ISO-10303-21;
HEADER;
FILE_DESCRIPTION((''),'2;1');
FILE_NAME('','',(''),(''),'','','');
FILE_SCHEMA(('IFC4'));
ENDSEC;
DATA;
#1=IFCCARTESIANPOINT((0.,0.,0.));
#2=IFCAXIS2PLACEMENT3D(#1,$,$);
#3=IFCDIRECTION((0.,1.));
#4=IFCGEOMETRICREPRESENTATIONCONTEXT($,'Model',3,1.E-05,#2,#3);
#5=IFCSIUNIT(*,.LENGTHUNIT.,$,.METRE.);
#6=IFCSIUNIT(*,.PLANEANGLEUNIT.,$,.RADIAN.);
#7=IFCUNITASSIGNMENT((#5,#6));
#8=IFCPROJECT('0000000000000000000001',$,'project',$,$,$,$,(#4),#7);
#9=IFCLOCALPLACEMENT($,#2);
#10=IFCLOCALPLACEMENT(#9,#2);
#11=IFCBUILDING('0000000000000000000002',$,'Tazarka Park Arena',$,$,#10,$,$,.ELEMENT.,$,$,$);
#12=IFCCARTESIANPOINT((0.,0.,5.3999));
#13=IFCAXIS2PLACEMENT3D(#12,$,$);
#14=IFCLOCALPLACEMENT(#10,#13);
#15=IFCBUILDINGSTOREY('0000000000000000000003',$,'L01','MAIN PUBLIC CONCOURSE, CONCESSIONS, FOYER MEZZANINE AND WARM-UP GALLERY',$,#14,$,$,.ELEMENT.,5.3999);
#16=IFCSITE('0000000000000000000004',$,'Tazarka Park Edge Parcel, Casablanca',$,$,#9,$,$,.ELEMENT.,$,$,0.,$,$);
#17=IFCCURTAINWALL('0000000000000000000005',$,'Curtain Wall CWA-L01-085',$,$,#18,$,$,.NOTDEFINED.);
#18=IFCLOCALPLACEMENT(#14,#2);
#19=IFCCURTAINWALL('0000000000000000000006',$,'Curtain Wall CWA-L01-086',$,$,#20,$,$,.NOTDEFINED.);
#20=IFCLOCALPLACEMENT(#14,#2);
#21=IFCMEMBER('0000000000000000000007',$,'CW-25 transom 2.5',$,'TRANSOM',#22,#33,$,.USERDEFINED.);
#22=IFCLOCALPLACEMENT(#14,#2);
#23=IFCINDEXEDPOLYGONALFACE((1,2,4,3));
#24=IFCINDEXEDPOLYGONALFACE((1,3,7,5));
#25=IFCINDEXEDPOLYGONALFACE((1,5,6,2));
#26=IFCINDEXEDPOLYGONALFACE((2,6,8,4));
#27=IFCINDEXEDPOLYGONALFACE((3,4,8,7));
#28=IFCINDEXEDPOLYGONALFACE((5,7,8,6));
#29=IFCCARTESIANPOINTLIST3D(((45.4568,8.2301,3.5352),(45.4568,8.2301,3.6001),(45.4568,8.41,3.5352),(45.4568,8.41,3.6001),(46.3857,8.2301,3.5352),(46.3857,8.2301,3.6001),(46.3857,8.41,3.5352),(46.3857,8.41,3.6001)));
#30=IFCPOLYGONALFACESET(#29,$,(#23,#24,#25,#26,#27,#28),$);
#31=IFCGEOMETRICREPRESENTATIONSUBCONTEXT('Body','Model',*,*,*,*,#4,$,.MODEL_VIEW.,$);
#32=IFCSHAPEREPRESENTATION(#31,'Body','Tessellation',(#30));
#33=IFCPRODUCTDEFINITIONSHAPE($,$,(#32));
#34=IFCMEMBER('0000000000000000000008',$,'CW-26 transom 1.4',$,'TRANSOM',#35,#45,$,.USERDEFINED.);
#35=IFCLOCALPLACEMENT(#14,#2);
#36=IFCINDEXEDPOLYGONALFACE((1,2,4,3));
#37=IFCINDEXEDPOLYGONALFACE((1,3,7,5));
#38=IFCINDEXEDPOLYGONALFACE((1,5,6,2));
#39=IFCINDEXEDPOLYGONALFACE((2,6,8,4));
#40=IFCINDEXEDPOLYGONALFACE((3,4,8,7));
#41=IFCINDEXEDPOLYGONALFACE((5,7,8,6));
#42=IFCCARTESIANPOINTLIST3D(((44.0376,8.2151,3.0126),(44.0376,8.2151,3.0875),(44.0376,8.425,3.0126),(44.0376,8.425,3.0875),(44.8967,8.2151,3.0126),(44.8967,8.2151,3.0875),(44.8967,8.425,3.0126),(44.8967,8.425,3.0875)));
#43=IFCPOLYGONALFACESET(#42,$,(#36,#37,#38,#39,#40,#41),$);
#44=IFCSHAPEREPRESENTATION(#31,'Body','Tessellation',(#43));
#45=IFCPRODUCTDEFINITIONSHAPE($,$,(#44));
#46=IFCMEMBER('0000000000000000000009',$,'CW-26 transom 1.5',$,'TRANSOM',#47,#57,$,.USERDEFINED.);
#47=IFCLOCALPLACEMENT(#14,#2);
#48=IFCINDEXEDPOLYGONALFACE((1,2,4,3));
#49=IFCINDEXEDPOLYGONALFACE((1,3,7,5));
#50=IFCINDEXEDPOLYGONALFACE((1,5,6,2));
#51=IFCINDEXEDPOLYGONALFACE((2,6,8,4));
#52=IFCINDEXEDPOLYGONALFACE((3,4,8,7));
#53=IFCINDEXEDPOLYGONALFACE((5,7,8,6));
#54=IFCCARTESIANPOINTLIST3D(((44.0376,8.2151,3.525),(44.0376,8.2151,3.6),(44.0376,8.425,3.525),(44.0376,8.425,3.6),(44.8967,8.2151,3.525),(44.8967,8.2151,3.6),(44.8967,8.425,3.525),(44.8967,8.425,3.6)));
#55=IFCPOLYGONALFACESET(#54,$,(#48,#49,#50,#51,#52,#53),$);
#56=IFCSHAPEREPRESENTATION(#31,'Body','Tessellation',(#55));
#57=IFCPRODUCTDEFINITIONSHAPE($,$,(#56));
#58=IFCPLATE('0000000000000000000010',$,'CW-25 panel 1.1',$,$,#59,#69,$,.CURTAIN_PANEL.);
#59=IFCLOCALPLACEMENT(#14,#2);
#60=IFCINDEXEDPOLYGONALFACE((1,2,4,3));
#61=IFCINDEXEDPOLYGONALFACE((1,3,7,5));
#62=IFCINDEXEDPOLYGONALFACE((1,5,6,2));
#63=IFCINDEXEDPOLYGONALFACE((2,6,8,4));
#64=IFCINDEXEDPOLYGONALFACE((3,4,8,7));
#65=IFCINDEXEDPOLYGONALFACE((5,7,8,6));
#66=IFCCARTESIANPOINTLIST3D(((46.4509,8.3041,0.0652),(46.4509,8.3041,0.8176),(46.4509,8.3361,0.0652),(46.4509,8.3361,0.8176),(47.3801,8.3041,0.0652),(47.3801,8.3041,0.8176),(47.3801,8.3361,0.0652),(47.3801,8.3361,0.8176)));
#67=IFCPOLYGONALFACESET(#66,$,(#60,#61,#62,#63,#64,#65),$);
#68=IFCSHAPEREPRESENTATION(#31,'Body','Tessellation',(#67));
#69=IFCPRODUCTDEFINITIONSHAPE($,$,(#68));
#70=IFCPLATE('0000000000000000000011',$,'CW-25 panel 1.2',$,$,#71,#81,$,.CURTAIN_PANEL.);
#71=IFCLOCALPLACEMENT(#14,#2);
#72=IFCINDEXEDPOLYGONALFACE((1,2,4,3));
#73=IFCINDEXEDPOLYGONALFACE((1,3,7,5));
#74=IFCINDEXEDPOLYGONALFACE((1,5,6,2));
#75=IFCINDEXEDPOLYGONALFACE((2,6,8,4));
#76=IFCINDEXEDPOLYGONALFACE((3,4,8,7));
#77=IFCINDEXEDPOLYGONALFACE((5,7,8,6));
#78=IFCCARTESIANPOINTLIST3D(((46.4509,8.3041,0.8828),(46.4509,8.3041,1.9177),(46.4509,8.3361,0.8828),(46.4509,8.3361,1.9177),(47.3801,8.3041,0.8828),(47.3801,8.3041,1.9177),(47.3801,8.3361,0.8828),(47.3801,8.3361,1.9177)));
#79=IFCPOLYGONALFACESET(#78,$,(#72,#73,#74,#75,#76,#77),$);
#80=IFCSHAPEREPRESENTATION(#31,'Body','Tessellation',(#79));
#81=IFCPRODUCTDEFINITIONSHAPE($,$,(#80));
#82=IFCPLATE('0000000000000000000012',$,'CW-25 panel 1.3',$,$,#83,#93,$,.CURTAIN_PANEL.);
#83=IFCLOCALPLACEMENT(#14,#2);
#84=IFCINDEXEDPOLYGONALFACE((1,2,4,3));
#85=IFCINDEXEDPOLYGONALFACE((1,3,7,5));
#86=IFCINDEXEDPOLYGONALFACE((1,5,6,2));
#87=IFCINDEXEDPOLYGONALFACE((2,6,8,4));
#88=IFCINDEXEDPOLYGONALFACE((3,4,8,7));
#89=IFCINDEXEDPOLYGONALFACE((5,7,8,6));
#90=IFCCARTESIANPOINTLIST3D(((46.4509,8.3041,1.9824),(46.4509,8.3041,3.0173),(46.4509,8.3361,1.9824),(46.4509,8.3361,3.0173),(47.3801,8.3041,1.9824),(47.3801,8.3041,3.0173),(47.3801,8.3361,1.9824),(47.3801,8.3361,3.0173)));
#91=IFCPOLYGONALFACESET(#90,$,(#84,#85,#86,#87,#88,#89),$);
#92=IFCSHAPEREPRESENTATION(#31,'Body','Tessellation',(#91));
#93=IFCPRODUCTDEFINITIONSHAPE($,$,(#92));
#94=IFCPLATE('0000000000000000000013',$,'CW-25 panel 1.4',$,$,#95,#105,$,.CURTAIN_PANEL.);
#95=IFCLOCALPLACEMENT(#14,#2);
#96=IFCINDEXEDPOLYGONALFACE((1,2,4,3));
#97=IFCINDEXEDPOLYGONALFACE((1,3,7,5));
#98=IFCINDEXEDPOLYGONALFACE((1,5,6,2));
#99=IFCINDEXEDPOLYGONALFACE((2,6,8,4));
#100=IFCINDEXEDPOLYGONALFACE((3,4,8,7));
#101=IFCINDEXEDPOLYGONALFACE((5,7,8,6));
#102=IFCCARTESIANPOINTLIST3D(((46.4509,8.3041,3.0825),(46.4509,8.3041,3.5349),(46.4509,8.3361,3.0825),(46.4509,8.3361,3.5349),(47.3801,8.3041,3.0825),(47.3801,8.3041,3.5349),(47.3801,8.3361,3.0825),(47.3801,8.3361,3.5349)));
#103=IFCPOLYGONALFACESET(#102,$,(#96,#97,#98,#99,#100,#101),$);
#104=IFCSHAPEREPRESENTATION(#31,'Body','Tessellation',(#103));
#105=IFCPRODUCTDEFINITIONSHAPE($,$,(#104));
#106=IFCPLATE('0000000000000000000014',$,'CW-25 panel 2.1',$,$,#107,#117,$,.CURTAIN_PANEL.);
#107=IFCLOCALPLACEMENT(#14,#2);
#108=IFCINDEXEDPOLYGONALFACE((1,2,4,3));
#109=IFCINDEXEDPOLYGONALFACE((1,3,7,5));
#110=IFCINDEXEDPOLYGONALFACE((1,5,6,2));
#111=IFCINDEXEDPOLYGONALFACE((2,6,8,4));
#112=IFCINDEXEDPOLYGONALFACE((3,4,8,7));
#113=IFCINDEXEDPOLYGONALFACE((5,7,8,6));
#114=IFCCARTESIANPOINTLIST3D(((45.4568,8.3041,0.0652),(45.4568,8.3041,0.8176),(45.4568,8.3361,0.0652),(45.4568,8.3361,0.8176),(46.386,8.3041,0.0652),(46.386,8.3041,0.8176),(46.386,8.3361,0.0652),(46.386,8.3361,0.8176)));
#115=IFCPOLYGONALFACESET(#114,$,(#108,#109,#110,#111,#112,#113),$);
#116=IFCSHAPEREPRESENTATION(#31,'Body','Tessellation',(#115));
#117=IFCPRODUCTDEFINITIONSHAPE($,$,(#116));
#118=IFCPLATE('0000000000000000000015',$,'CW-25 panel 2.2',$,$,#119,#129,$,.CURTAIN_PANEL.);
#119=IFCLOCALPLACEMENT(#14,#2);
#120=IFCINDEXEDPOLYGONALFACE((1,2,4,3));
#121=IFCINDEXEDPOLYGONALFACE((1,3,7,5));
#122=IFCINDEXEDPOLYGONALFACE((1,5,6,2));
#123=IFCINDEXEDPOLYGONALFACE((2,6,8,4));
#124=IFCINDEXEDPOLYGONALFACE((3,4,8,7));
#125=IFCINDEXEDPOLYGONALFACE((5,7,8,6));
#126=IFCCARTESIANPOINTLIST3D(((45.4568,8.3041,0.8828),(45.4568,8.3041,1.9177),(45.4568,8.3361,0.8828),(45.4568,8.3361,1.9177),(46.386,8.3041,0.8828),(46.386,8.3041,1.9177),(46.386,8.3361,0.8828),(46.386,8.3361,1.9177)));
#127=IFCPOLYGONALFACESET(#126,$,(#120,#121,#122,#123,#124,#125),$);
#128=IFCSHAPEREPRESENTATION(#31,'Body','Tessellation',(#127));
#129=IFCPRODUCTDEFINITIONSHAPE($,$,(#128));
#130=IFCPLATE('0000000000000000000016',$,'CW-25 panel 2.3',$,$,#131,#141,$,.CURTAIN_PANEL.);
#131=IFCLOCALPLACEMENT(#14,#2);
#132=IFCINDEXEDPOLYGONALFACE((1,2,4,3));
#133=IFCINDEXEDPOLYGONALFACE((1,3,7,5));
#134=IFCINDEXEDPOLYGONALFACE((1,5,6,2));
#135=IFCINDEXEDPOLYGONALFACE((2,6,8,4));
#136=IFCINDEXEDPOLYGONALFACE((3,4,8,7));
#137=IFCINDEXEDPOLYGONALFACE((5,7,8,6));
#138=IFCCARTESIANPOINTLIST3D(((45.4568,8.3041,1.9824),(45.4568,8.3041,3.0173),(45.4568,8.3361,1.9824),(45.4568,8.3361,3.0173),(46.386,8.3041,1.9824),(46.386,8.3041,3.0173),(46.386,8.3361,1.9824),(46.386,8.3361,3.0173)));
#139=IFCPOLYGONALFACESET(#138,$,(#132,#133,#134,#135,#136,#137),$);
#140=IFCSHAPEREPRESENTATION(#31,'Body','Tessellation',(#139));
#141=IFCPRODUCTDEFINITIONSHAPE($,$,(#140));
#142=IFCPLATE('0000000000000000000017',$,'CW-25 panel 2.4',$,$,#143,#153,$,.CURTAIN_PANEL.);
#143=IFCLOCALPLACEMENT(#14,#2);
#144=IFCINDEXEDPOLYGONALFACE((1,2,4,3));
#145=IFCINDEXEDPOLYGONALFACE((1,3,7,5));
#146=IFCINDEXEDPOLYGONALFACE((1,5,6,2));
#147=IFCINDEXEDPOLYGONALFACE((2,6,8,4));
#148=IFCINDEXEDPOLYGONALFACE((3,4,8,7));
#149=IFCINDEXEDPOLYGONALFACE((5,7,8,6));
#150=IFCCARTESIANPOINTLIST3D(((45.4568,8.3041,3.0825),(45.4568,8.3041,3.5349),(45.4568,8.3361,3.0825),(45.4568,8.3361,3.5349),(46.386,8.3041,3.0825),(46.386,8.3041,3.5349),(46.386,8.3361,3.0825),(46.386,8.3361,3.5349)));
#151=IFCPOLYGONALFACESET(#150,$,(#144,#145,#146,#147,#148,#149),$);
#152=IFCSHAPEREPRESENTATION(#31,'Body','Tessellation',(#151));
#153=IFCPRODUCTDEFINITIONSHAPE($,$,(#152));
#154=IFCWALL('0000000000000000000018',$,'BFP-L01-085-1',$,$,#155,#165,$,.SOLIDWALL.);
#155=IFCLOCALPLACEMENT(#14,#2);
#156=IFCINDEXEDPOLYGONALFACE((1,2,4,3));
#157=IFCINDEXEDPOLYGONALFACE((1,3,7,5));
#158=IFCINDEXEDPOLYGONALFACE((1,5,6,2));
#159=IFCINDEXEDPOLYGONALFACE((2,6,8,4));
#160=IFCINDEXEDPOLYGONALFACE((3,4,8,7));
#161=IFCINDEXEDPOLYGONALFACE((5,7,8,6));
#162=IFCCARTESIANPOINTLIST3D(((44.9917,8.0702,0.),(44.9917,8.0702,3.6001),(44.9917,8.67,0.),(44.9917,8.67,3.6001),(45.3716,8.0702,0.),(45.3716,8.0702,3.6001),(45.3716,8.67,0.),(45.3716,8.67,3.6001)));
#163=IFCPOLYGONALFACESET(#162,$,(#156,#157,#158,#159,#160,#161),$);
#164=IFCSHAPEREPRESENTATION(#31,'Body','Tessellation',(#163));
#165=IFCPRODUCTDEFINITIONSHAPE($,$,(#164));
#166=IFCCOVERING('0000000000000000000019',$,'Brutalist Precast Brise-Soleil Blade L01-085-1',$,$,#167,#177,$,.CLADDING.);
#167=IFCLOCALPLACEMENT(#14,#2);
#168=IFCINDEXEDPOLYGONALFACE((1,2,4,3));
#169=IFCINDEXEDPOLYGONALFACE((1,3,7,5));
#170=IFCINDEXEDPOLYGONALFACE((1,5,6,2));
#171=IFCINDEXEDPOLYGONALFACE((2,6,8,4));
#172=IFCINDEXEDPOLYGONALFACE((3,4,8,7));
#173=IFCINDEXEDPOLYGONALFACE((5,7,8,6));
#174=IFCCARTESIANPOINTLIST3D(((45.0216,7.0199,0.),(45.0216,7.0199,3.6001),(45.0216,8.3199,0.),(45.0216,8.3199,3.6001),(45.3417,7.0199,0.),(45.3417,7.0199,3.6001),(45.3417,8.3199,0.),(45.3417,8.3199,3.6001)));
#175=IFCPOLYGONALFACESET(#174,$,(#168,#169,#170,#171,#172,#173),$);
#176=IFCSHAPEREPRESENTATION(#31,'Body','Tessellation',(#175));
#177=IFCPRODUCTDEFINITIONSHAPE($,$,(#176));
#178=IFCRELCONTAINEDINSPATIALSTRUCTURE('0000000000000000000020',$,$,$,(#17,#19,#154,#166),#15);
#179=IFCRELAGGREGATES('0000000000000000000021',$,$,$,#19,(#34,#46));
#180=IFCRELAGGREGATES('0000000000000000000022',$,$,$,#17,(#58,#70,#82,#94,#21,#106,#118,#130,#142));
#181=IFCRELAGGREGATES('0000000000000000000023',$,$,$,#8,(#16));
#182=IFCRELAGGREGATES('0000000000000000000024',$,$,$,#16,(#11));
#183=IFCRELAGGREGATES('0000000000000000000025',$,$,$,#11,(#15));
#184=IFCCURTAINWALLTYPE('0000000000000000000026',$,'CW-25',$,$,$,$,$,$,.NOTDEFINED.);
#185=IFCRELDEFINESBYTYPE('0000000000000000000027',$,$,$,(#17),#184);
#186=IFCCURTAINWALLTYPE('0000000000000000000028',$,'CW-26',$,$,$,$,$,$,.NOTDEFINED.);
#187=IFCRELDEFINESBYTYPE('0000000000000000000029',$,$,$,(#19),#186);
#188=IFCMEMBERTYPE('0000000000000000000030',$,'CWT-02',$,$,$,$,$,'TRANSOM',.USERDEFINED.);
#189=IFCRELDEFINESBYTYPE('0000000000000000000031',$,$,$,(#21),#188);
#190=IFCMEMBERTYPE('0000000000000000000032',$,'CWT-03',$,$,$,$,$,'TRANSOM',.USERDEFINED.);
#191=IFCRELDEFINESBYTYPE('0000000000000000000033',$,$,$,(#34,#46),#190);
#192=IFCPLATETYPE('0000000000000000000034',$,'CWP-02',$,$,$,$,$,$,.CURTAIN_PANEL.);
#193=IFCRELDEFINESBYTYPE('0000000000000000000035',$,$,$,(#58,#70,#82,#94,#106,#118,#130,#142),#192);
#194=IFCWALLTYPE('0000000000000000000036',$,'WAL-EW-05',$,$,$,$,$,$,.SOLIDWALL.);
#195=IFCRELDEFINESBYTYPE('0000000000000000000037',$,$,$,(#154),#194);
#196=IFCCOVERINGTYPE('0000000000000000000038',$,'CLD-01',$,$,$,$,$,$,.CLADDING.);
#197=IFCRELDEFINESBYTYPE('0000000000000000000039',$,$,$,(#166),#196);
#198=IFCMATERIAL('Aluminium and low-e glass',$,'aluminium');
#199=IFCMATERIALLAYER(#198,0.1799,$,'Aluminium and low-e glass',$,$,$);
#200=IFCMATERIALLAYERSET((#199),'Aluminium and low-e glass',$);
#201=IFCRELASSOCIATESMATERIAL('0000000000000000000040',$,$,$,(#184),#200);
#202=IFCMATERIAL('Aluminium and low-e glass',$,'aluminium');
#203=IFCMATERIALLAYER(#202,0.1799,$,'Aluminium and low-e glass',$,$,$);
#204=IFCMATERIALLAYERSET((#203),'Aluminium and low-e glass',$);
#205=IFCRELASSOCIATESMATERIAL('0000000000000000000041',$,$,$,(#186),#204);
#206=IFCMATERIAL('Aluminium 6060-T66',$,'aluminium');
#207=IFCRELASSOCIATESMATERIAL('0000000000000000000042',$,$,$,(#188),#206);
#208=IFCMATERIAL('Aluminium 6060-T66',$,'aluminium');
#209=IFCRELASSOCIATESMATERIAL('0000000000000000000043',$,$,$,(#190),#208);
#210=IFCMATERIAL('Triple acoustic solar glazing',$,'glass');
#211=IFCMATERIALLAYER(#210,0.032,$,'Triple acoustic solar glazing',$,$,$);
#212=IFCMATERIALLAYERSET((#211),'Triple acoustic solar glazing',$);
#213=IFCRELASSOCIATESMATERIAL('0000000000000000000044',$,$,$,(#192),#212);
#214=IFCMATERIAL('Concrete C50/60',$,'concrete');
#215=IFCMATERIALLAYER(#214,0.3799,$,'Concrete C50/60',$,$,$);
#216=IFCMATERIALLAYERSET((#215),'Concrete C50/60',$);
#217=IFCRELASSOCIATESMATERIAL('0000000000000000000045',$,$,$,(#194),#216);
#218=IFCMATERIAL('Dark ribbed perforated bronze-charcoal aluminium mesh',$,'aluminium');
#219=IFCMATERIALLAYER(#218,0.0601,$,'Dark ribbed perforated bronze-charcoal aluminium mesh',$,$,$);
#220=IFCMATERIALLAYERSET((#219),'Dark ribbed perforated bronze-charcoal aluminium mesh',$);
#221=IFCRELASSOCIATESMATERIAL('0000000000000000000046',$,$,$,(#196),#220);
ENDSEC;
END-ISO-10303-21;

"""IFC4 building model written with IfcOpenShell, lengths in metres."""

from ifc_helpers import new_model, si_unit, direction, frame, frame_2d, origin, origin_2d, place, context, subcontext, project, spatial, rectangle, extrude, material, layer, layer_set, material_profile, profile_set, type_object, element, aggregate, save


model = new_model("IFC4")

# Units and contexts
model_context = context("Model", 3, precision=1e-05, world=origin(), true_north=direction((0.0, 1.0)))
body_context = subcontext(model_context, "Body", "Model", "MODEL_VIEW")
ifc_project = project(units=[si_unit("LENGTHUNIT", "METRE"), si_unit("PLANEANGLEUNIT", "RADIAN")], contexts=[model_context])

# Site, building, storey
site_placement = place(None, origin())
site = spatial("IfcSite", under=ifc_project, at=site_placement, Name="Tazarka Park Edge Parcel, Casablanca", CompositionType="ELEMENT", RefElevation=0.0)
building_placement = place(site_placement, origin())
building = spatial("IfcBuilding", under=site, at=building_placement, Name="Tazarka Park Arena", CompositionType="ELEMENT")
storey_placement = place(building_placement, frame((0.0, 0.0, 5.3999)))
storey = spatial("IfcBuildingStorey", under=building, at=storey_placement, Name="L01", Description="MAIN PUBLIC CONCOURSE, CONCESSIONS, FOYER MEZZANINE AND WARM-UP GALLERY", CompositionType="ELEMENT", Elevation=5.3999)

# Curtain wall
ifc_material_1 = material(Name="Aluminium and low-e glass", Category="aluminium")
ifc_layer_1 = layer(ifc_material_1, 0.1799, Name="Aluminium and low-e glass")
ifc_layer_set_1 = layer_set([ifc_layer_1], Name="Aluminium and low-e glass")
curtain_wall_type_1 = type_object("IfcCurtainWallType", Name="CW-25", PredefinedType="NOTDEFINED", material=ifc_layer_set_1)
curtain_wall_1_placement = place(storey_placement, origin())
curtain_wall_1 = element("IfcCurtainWall", 1, at=curtain_wall_1_placement, inside=storey, type_object=curtain_wall_type_1, Name="Curtain Wall CWA-L01-085", PredefinedType="NOTDEFINED")

# Curtain wall
ifc_material_2 = material(Name="Aluminium and low-e glass", Category="aluminium")
ifc_layer_2 = layer(ifc_material_2, 0.1799, Name="Aluminium and low-e glass")
ifc_layer_set_2 = layer_set([ifc_layer_2], Name="Aluminium and low-e glass")
curtain_wall_type_2 = type_object("IfcCurtainWallType", Name="CW-26", PredefinedType="NOTDEFINED", material=ifc_layer_set_2)
curtain_wall_2_placement = place(storey_placement, origin())
curtain_wall_2 = element("IfcCurtainWall", 2, at=curtain_wall_2_placement, inside=storey, type_object=curtain_wall_type_2, Name="Curtain Wall CWA-L01-086", PredefinedType="NOTDEFINED")

# Members
ifc_material_3 = material(Name="Aluminium 6060-T66", Category="aluminium")
ifc_material_profile_1 = material_profile(ifc_material_3, rectangle(XDim=0.1799, YDim=0.0649, at=origin_2d()), Name="Aluminium 6060-T66")
ifc_profile_set_1 = profile_set([ifc_material_profile_1], Name="Aluminium 6060-T66")
member_type_1 = type_object("IfcMemberType", Name="CWT-02", ElementType="TRANSOM", PredefinedType="USERDEFINED", material=ifc_profile_set_1)
member_1_placement = place(storey_placement, frame((46.3857, 8.3201, 3.5676), z_axis=(-1.0, 0.0, 0.0), x_axis=(0.0, -1.0, 0.0)))
member_1 = element("IfcMember", 3, at=member_1_placement, type_object=member_type_1, Name="CW-25 transom 2.5", ObjectType="TRANSOM", PredefinedType="USERDEFINED", context=body_context, shape_type="SweptSolid", body=[
    extrude(rectangle(XDim=0.1799, YDim=0.0649, at=origin_2d()), origin(), (0.0, 0.0, 1.0), 0.929),
])
ifc_material_4 = material(Name="Aluminium 6060-T66", Category="aluminium")
ifc_material_profile_2 = material_profile(ifc_material_4, rectangle(XDim=0.21, YDim=0.075, at=origin_2d()), Name="Aluminium 6060-T66")
ifc_profile_set_2 = profile_set([ifc_material_profile_2], Name="Aluminium 6060-T66")
member_type_2 = type_object("IfcMemberType", Name="CWT-03", ElementType="TRANSOM", PredefinedType="USERDEFINED", material=ifc_profile_set_2)
member_2_placement = place(storey_placement, frame((44.8967, 8.3201, 3.05), z_axis=(-1.0, 0.0, 0.0), x_axis=(0.0, -1.0, 0.0)))
member_2 = element("IfcMember", 4, at=member_2_placement, type_object=member_type_2, Name="CW-26 transom 1.4", ObjectType="TRANSOM", PredefinedType="USERDEFINED", context=body_context, shape_type="SweptSolid", body=[
    extrude(rectangle(XDim=0.21, YDim=0.075, at=origin_2d()), origin(), (0.0, 0.0, 1.0), 0.8591),
])
member_3_placement = place(storey_placement, frame((44.8967, 8.3201, 3.5625), z_axis=(-1.0, 0.0, 0.0), x_axis=(0.0, -1.0, 0.0)))
member_3 = element("IfcMember", 5, at=member_3_placement, type_object=member_type_2, Name="CW-26 transom 1.5", ObjectType="TRANSOM", PredefinedType="USERDEFINED", context=body_context, shape_type="SweptSolid", body=[
    extrude(rectangle(XDim=0.21, YDim=0.075, at=origin_2d()), origin(), (0.0, 0.0, 1.0), 0.8591),
])
aggregate(curtain_wall_2, [member_2, member_3])

# Plates
ifc_material_5 = material(Name="Triple acoustic solar glazing", Category="glass")
ifc_layer_3 = layer(ifc_material_5, 0.032, Name="Triple acoustic solar glazing")
ifc_layer_set_3 = layer_set([ifc_layer_3], Name="Triple acoustic solar glazing")
plate_type = type_object("IfcPlateType", Name="CWP-02", PredefinedType="CURTAIN_PANEL", material=ifc_layer_set_3)
plate_1_placement = place(storey_placement, frame((46.9155, 8.3201, 0.0652), z_axis=(0.0, 0.0, 1.0), x_axis=(-1.0, 0.0, 0.0)))
plate_1 = element("IfcPlate", 6, at=plate_1_placement, type_object=plate_type, Name="CW-25 panel 1.1", PredefinedType="CURTAIN_PANEL", context=body_context, shape_type="SweptSolid", body=[
    extrude(rectangle(XDim=0.9292, YDim=0.032, at=origin_2d()), origin(), (0.0, 0.0, 1.0), 0.7524),
])
plate_2_placement = place(storey_placement, frame((46.9155, 8.3201, 0.8828), z_axis=(0.0, 0.0, 1.0), x_axis=(-1.0, 0.0, 0.0)))
plate_2 = element("IfcPlate", 7, at=plate_2_placement, type_object=plate_type, Name="CW-25 panel 1.2", PredefinedType="CURTAIN_PANEL", context=body_context, shape_type="SweptSolid", body=[
    extrude(rectangle(XDim=0.9292, YDim=0.032, at=origin_2d()), origin(), (0.0, 0.0, 1.0), 1.0349),
])
plate_3_placement = place(storey_placement, frame((46.9155, 8.3201, 1.9824), z_axis=(0.0, 0.0, 1.0), x_axis=(-1.0, 0.0, 0.0)))
plate_3 = element("IfcPlate", 8, at=plate_3_placement, type_object=plate_type, Name="CW-25 panel 1.3", PredefinedType="CURTAIN_PANEL", context=body_context, shape_type="SweptSolid", body=[
    extrude(rectangle(XDim=0.9292, YDim=0.032, at=origin_2d()), origin(), (0.0, 0.0, 1.0), 1.0349),
])
plate_4_placement = place(storey_placement, frame((46.9155, 8.3201, 3.0825), z_axis=(0.0, 0.0, 1.0), x_axis=(-1.0, 0.0, 0.0)))
plate_4 = element("IfcPlate", 9, at=plate_4_placement, type_object=plate_type, Name="CW-25 panel 1.4", PredefinedType="CURTAIN_PANEL", context=body_context, shape_type="SweptSolid", body=[
    extrude(rectangle(XDim=0.9292, YDim=0.032, at=origin_2d()), origin(), (0.0, 0.0, 1.0), 0.4524),
])
plate_5_placement = place(storey_placement, frame((45.9214, 8.3201, 0.0652), z_axis=(0.0, 0.0, 1.0), x_axis=(-1.0, 0.0, 0.0)))
plate_5 = element("IfcPlate", 10, at=plate_5_placement, type_object=plate_type, Name="CW-25 panel 2.1", PredefinedType="CURTAIN_PANEL", context=body_context, shape_type="SweptSolid", body=[
    extrude(rectangle(XDim=0.9292, YDim=0.032, at=origin_2d()), origin(), (0.0, 0.0, 1.0), 0.7524),
])
plate_6_placement = place(storey_placement, frame((45.9214, 8.3201, 0.8828), z_axis=(0.0, 0.0, 1.0), x_axis=(-1.0, 0.0, 0.0)))
plate_6 = element("IfcPlate", 11, at=plate_6_placement, type_object=plate_type, Name="CW-25 panel 2.2", PredefinedType="CURTAIN_PANEL", context=body_context, shape_type="SweptSolid", body=[
    extrude(rectangle(XDim=0.9292, YDim=0.032, at=origin_2d()), origin(), (0.0, 0.0, 1.0), 1.0349),
])
plate_7_placement = place(storey_placement, frame((45.9214, 8.3201, 1.9824), z_axis=(0.0, 0.0, 1.0), x_axis=(-1.0, 0.0, 0.0)))
plate_7 = element("IfcPlate", 12, at=plate_7_placement, type_object=plate_type, Name="CW-25 panel 2.3", PredefinedType="CURTAIN_PANEL", context=body_context, shape_type="SweptSolid", body=[
    extrude(rectangle(XDim=0.9292, YDim=0.032, at=origin_2d()), origin(), (0.0, 0.0, 1.0), 1.0349),
])
plate_8_placement = place(storey_placement, frame((45.9214, 8.3201, 3.0825), z_axis=(0.0, 0.0, 1.0), x_axis=(-1.0, 0.0, 0.0)))
plate_8 = element("IfcPlate", 13, at=plate_8_placement, type_object=plate_type, Name="CW-25 panel 2.4", PredefinedType="CURTAIN_PANEL", context=body_context, shape_type="SweptSolid", body=[
    extrude(rectangle(XDim=0.9292, YDim=0.032, at=origin_2d()), origin(), (0.0, 0.0, 1.0), 0.4524),
])
aggregate(curtain_wall_1, [plate_1, plate_2, plate_3, plate_4, member_1, plate_5, plate_6, plate_7, plate_8])

# Wall
ifc_material_6 = material(Name="Concrete C50/60", Category="concrete")
ifc_layer_4 = layer(ifc_material_6, 0.3799, Name="Concrete C50/60")
ifc_layer_set_4 = layer_set([ifc_layer_4], Name="Concrete C50/60")
wall_type = type_object("IfcWallType", Name="WAL-EW-05", PredefinedType="SOLIDWALL", material=ifc_layer_set_4)
wall_placement = place(storey_placement, frame((45.1816, 8.6699, 0.0), z_axis=(0.0, 0.0, 1.0), x_axis=(0.0, -1.0, 0.0)))
element("IfcWall", 14, at=wall_placement, inside=storey, type_object=wall_type, Name="BFP-L01-085-1", PredefinedType="SOLIDWALL", context=body_context, shape_type="SweptSolid", body=[
    extrude(rectangle(XDim=0.5999, YDim=0.3799, at=frame_2d((0.2998, 0.0))), origin(), (0.0, 0.0, 1.0), 3.6001),
])

# Covering
ifc_material_7 = material(Name="Dark ribbed perforated bronze-charcoal aluminium mesh", Category="aluminium")
ifc_layer_5 = layer(ifc_material_7, 0.0601, Name="Dark ribbed perforated bronze-charcoal aluminium mesh")
ifc_layer_set_5 = layer_set([ifc_layer_5], Name="Dark ribbed perforated bronze-charcoal aluminium mesh")
covering_type = type_object("IfcCoveringType", Name="CLD-01", PredefinedType="CLADDING", material=ifc_layer_set_5)
covering_placement = place(storey_placement, frame((45.1816, 7.6699, 0.0), z_axis=(0.0, 0.0, 1.0), x_axis=(-1.0, 0.0, 0.0)))
element("IfcCovering", 15, at=covering_placement, inside=storey, type_object=covering_type, Name="Brutalist Precast Brise-Soleil Blade L01-085-1", PredefinedType="CLADDING", context=body_context, shape_type="SweptSolid", body=[
    extrude(rectangle(XDim=0.3201, YDim=1.3, at=origin_2d()), origin(), (0.0, 0.0, 1.0), 3.6001),
])

save(model, "model.ifc")
